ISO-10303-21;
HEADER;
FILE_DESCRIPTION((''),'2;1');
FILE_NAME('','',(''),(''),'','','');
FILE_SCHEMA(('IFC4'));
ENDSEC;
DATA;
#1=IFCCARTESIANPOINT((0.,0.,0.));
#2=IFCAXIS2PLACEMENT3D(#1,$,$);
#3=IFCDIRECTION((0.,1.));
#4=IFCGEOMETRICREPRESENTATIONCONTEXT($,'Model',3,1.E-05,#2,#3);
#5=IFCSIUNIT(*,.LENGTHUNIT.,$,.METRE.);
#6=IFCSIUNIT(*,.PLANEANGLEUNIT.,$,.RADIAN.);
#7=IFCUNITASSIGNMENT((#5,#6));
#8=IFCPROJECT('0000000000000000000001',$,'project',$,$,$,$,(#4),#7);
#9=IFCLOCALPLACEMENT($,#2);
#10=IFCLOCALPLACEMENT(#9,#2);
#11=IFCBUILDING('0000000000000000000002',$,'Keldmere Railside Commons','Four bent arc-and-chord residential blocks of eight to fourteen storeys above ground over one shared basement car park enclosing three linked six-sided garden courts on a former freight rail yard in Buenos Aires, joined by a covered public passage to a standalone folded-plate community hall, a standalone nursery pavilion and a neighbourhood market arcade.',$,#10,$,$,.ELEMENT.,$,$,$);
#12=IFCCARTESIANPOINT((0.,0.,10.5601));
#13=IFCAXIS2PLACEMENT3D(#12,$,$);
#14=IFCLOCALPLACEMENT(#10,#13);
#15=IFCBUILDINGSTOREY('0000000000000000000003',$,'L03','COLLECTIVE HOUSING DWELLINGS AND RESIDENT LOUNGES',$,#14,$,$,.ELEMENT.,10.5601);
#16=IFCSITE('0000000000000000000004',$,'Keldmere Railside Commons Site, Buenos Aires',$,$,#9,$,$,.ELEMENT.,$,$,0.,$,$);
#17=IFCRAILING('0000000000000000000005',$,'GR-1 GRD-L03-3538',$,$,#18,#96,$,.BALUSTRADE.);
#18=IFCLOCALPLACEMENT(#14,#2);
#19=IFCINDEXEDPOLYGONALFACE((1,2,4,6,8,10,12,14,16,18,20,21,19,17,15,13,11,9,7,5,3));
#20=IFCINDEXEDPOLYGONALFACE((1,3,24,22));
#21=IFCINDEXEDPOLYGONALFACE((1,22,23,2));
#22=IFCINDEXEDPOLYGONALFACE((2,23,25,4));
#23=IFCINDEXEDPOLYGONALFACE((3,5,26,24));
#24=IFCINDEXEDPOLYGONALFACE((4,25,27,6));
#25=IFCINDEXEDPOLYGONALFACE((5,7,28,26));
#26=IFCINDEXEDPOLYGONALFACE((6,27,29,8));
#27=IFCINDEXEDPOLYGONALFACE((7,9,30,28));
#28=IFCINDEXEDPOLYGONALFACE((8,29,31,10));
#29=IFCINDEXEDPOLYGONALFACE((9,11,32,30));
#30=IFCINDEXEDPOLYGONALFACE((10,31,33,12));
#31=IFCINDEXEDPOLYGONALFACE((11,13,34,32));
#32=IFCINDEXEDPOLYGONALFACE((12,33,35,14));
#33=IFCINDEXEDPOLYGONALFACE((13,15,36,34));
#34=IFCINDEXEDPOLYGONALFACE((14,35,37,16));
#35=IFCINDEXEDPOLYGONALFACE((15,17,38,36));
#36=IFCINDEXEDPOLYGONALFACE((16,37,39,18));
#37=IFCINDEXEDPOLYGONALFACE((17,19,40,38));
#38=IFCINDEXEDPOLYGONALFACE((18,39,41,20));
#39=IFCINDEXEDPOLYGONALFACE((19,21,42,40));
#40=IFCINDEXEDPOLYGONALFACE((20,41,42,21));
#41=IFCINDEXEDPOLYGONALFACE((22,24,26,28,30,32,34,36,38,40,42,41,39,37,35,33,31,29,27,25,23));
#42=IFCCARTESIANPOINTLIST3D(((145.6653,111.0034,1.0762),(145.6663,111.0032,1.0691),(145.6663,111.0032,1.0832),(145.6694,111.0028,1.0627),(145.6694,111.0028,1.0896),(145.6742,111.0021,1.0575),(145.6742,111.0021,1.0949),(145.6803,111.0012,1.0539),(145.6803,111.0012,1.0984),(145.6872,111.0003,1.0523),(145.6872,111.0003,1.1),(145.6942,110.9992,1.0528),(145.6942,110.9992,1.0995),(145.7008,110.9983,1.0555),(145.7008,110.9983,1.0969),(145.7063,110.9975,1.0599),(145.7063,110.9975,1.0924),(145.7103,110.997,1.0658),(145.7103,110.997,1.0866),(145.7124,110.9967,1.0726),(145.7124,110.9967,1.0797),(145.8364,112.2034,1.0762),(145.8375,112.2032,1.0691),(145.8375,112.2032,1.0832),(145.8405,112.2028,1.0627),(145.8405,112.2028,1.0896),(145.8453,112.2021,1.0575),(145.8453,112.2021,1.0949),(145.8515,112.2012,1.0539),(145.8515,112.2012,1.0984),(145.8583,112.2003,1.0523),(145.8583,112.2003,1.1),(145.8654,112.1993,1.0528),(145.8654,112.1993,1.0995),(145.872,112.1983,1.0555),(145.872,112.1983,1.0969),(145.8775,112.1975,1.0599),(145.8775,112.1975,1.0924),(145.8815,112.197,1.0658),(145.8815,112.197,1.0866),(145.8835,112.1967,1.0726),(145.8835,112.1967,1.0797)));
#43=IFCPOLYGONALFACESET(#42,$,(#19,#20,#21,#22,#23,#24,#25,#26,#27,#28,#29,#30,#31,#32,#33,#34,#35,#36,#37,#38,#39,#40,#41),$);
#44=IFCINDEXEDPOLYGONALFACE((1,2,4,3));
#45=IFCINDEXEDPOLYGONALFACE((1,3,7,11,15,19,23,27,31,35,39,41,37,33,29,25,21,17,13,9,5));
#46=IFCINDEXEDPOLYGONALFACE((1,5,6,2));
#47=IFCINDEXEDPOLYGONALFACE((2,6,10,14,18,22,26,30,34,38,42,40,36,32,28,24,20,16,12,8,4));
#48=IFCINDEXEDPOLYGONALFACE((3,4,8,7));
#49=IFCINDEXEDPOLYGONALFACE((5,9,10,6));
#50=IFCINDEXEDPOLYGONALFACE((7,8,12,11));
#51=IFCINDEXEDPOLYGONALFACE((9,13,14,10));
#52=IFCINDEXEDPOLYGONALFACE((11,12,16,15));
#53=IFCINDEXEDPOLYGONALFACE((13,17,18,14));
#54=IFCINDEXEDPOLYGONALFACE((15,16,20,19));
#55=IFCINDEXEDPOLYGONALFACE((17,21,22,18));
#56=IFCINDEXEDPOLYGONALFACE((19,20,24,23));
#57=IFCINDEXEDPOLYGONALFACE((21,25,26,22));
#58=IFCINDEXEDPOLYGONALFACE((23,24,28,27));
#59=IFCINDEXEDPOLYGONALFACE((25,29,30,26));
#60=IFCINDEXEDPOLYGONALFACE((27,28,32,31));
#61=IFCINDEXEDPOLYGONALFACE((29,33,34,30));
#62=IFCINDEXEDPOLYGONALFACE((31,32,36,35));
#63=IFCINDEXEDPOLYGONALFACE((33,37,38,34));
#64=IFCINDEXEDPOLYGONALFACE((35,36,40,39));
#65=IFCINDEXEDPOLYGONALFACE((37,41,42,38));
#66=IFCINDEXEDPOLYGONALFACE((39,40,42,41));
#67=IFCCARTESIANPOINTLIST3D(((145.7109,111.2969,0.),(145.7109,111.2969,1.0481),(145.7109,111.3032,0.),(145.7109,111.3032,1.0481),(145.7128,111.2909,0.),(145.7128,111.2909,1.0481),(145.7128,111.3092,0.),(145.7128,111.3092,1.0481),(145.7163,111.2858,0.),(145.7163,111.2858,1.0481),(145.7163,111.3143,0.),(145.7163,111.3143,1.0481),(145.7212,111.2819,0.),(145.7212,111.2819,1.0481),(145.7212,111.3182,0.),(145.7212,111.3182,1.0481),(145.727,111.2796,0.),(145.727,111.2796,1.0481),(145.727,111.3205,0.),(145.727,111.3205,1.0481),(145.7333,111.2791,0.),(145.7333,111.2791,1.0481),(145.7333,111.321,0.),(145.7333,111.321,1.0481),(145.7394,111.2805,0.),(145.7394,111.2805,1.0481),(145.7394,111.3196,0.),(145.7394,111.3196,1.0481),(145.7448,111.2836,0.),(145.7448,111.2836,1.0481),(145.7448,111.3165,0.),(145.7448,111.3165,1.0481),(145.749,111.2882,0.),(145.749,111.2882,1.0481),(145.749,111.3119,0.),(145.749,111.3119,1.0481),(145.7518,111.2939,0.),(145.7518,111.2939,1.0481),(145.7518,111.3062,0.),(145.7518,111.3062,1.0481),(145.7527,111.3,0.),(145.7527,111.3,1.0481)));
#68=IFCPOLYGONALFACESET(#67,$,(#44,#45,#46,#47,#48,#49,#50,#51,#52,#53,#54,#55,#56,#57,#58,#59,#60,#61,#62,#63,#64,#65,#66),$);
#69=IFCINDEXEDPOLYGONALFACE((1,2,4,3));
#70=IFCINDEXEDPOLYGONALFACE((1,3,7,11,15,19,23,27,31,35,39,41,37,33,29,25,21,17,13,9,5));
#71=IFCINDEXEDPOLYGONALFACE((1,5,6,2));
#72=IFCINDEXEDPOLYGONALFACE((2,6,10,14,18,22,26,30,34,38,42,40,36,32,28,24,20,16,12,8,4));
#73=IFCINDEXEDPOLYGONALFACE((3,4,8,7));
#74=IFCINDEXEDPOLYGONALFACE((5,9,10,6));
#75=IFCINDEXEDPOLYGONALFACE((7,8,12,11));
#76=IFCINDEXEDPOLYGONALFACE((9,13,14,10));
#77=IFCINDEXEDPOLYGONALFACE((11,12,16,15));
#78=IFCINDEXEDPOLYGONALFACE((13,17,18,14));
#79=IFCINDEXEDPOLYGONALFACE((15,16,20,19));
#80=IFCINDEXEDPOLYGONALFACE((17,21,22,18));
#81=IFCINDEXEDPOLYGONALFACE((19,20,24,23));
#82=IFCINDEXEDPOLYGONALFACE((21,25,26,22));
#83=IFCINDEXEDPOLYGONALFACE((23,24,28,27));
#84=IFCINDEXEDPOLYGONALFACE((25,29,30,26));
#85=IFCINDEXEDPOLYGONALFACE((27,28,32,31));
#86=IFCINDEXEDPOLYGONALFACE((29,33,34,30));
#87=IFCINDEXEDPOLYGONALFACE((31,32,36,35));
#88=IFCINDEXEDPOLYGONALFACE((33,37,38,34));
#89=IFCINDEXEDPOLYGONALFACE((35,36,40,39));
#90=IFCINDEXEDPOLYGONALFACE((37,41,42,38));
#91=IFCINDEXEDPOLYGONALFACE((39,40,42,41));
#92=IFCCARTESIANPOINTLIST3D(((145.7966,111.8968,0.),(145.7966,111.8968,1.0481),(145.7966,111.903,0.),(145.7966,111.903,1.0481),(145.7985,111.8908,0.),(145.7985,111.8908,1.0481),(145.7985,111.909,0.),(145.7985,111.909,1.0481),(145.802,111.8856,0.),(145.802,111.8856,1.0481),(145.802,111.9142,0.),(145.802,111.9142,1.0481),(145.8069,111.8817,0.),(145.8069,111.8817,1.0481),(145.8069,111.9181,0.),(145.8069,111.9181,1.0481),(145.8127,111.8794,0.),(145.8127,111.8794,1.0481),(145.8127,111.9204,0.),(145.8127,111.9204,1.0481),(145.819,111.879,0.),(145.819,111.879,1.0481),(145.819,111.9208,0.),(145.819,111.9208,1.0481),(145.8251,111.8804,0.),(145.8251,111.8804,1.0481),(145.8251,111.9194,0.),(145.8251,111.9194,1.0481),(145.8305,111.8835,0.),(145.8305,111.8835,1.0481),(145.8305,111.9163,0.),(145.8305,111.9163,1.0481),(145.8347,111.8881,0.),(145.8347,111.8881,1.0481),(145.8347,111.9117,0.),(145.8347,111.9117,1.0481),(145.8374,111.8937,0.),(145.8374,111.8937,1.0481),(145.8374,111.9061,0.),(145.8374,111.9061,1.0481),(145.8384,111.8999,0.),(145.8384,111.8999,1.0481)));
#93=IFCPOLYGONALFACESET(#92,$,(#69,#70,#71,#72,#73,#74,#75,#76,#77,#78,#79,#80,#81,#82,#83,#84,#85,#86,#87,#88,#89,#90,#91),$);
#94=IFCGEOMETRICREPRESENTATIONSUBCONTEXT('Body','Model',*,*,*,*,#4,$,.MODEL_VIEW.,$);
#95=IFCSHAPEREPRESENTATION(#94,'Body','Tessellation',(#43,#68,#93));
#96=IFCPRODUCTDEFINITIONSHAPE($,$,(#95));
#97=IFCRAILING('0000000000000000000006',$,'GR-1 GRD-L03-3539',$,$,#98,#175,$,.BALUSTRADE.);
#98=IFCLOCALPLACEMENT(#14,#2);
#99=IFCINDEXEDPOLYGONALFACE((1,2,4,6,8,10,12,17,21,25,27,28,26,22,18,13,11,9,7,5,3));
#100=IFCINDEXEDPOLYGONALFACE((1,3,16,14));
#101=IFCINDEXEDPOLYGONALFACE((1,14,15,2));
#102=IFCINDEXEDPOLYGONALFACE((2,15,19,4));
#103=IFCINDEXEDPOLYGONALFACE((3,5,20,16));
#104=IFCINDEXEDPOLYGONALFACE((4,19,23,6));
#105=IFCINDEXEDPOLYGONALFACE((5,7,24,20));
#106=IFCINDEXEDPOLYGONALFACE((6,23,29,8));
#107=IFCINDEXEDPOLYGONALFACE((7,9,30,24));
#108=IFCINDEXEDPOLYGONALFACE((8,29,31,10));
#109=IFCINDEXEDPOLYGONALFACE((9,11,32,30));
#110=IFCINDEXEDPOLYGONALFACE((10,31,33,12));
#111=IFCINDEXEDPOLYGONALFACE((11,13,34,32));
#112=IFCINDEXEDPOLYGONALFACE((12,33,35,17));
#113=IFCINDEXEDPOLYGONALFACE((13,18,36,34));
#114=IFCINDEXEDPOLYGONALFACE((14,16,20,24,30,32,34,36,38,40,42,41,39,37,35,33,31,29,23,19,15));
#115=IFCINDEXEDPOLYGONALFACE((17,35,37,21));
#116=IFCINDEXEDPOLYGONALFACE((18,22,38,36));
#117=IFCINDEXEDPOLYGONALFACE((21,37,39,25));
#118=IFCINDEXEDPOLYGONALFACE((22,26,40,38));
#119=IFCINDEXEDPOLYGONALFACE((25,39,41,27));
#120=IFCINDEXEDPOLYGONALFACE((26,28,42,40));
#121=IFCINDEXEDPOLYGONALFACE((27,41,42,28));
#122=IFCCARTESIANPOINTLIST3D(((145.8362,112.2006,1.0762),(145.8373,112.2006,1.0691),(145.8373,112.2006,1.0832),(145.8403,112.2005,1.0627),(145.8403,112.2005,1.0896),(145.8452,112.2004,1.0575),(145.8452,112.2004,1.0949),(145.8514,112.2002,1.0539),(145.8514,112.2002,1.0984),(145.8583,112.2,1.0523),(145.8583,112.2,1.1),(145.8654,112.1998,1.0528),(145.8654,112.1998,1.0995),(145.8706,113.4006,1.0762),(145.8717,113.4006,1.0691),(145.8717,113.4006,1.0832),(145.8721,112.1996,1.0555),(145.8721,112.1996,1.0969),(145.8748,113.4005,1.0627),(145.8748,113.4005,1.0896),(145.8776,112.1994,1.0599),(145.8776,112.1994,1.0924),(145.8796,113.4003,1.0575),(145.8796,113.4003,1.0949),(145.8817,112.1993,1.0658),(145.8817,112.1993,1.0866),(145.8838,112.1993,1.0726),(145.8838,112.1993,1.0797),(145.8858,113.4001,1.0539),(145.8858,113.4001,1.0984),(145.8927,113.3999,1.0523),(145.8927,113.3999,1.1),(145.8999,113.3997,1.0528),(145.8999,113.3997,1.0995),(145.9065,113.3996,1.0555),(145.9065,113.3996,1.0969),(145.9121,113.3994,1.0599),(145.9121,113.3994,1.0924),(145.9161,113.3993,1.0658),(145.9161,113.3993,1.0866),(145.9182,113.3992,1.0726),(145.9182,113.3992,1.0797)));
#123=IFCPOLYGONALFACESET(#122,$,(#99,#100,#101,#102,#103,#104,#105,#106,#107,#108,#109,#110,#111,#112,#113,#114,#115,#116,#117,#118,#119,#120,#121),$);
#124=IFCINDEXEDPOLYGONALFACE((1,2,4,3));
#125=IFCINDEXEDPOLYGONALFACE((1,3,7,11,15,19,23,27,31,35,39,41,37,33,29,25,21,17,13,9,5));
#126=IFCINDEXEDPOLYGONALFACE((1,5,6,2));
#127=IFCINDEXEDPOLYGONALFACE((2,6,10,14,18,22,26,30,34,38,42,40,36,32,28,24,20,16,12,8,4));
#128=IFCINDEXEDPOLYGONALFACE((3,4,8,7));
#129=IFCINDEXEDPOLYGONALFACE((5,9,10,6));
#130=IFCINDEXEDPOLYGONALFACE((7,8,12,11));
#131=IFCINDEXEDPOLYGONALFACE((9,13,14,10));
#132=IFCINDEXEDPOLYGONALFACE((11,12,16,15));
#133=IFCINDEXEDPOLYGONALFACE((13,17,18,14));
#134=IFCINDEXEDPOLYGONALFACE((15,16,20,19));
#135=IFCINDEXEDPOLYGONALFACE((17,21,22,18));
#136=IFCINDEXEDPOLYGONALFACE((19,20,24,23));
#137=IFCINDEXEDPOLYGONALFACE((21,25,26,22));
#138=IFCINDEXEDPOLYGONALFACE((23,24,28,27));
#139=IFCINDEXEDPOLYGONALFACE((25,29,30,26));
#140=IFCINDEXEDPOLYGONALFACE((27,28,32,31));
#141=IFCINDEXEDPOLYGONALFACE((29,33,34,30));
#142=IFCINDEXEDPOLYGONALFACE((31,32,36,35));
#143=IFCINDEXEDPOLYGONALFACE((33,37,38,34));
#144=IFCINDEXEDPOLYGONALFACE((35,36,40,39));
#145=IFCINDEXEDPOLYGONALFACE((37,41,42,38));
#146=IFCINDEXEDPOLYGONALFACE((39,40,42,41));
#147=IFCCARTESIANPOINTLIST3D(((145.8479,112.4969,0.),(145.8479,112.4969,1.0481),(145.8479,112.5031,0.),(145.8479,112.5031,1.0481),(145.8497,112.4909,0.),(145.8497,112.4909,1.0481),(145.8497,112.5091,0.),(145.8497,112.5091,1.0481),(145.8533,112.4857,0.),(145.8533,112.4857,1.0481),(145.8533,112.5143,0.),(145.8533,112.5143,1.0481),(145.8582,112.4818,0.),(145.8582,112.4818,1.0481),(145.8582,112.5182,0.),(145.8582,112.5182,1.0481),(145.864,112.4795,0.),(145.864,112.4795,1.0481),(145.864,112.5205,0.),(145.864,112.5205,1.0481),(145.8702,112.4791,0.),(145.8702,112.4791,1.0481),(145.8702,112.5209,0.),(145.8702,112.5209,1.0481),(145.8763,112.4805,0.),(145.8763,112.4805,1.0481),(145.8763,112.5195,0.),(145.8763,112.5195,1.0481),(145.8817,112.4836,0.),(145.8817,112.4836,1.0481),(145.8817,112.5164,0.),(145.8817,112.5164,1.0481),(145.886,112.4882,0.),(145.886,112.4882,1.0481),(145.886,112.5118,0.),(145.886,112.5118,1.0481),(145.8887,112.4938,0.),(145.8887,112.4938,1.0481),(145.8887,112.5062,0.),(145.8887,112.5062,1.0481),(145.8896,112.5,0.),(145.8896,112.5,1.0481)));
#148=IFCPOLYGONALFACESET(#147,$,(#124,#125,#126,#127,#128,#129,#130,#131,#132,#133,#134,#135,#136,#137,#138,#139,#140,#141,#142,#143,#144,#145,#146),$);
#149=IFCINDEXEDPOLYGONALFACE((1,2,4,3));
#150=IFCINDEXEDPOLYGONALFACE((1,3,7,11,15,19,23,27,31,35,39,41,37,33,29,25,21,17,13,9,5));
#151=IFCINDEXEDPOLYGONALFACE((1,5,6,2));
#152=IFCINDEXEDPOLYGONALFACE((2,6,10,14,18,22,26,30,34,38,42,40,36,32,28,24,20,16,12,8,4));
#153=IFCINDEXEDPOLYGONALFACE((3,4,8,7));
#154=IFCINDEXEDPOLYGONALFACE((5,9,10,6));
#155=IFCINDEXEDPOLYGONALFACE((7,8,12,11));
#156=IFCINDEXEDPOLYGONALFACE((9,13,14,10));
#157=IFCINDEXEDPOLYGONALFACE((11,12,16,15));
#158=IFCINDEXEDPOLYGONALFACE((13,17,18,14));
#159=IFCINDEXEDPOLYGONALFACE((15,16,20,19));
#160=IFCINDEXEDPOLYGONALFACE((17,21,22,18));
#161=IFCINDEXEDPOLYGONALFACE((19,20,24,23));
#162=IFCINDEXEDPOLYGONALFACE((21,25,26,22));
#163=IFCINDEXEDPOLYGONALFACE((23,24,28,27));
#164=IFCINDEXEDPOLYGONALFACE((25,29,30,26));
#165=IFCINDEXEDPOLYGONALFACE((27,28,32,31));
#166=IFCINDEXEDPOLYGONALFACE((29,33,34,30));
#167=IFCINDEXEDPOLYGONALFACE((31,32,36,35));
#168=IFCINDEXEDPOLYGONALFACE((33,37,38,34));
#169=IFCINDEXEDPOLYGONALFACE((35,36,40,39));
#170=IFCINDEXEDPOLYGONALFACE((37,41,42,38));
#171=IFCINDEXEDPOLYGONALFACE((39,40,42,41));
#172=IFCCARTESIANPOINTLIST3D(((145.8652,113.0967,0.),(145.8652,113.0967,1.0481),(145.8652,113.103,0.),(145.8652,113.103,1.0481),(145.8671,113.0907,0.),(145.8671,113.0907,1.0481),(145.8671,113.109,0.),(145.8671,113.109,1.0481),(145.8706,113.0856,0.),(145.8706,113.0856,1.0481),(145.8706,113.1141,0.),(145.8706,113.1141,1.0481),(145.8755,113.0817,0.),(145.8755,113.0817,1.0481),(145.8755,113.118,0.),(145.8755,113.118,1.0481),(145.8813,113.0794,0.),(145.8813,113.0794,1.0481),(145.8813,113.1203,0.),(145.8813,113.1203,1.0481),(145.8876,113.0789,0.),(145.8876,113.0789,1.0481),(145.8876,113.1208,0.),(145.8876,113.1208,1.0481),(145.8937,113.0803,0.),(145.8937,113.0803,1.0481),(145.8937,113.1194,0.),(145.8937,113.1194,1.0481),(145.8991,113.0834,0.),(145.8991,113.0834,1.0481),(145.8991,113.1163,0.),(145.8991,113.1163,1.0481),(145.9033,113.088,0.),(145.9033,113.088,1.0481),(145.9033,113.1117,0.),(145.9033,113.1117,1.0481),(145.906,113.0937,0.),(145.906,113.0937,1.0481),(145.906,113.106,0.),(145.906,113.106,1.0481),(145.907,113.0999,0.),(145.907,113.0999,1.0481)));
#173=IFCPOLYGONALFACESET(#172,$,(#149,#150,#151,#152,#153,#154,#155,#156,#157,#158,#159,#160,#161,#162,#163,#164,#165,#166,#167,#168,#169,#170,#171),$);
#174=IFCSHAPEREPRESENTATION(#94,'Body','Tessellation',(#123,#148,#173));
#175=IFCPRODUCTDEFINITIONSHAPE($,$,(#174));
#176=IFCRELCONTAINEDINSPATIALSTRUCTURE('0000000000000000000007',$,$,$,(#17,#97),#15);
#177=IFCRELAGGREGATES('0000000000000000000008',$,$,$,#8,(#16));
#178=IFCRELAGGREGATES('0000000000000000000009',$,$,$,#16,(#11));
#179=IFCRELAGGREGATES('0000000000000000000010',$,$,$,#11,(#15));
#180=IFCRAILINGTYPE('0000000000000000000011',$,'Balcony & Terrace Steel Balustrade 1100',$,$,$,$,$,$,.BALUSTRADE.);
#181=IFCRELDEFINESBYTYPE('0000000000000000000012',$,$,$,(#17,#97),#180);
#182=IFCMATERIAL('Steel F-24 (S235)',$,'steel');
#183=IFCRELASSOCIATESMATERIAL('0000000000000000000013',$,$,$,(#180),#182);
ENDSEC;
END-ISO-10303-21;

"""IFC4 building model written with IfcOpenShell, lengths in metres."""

from ifc_helpers import new_model, si_unit, direction, frame, origin, origin_2d, place, context, subcontext, project, spatial, circle, extrude, material, type_object, element, save


model = new_model("IFC4")

# Units and contexts
model_context = context("Model", 3, precision=1e-05, world=origin(), true_north=direction((0.0, 1.0)))
body_context = subcontext(model_context, "Body", "Model", "MODEL_VIEW")
ifc_project = project(units=[si_unit("LENGTHUNIT", "METRE"), si_unit("PLANEANGLEUNIT", "RADIAN")], contexts=[model_context])

# Site, building, storey
site_placement = place(None, origin())
site = spatial("IfcSite", under=ifc_project, at=site_placement, Name="Keldmere Railside Commons Site, Buenos Aires", CompositionType="ELEMENT", RefElevation=0.0)
building_placement = place(site_placement, origin())
building = spatial("IfcBuilding", under=site, at=building_placement, Name="Keldmere Railside Commons", Description="Four bent arc-and-chord residential blocks of eight to fourteen storeys above ground over one shared basement car park enclosing three linked six-sided garden courts on a former freight rail yard in Buenos Aires, joined by a covered public passage to a standalone folded-plate community hall, a standalone nursery pavilion and a neighbourhood market arcade.", CompositionType="ELEMENT")
storey_placement = place(building_placement, frame((0.0, 0.0, 10.5601)))
storey = spatial("IfcBuildingStorey", under=building, at=storey_placement, Name="L03", Description="COLLECTIVE HOUSING DWELLINGS AND RESIDENT LOUNGES", CompositionType="ELEMENT", Elevation=10.5601)

# Shared definitions
ifc_material_1 = material(Name="Steel F-24 (S235)", Category="steel")

# Railings
railing_type = type_object("IfcRailingType", Name="Balcony & Terrace Steel Balustrade 1100", PredefinedType="BALUSTRADE", material=ifc_material_1)
railing_1_placement = place(storey_placement, frame((145.689, 111.0, 0.0)))
element("IfcRailing", 1, at=railing_1_placement, inside=storey, type_object=railing_type, Name="GR-1 GRD-L03-3538", PredefinedType="BALUSTRADE", context=body_context, shape_type="SweptSolid", body=[
    extrude(circle(Radius=0.0239, at=origin_2d()), frame((0.0, 0.0, 1.0762), z_axis=(0.141196, 0.989982, 0.0), x_axis=(-0.989982, 0.141196, 0.0)), (0.0, 0.0, 1.0), 1.2122),
    extrude(circle(Radius=0.021, at=origin_2d()), frame((0.0427, 0.3, 0.0)), (0.0, 0.0, 1.0), 1.0481),
    extrude(circle(Radius=0.021, at=origin_2d()), frame((0.1284, 0.8999, 0.0)), (0.0, 0.0, 1.0), 1.0481),
])
railing_2_placement = place(storey_placement, frame((145.8601, 112.2, 0.0)))
element("IfcRailing", 2, at=railing_2_placement, inside=storey, type_object=railing_type, Name="GR-1 GRD-L03-3539", PredefinedType="BALUSTRADE", context=body_context, shape_type="SweptSolid", body=[
    extrude(circle(Radius=0.0239, at=origin_2d()), frame((0.0, 0.0, 1.0762), z_axis=(0.028676, 0.999589, 0.0), x_axis=(-0.999589, 0.028676, 0.0)), (0.0, 0.0, 1.0), 1.2004),
    extrude(circle(Radius=0.021, at=origin_2d()), frame((0.0085, 0.3, 0.0)), (0.0, 0.0, 1.0), 1.0481),
    extrude(circle(Radius=0.021, at=origin_2d()), frame((0.0259, 0.8999, 0.0)), (0.0, 0.0, 1.0), 1.0481),
])

save(model, "model.ifc")
